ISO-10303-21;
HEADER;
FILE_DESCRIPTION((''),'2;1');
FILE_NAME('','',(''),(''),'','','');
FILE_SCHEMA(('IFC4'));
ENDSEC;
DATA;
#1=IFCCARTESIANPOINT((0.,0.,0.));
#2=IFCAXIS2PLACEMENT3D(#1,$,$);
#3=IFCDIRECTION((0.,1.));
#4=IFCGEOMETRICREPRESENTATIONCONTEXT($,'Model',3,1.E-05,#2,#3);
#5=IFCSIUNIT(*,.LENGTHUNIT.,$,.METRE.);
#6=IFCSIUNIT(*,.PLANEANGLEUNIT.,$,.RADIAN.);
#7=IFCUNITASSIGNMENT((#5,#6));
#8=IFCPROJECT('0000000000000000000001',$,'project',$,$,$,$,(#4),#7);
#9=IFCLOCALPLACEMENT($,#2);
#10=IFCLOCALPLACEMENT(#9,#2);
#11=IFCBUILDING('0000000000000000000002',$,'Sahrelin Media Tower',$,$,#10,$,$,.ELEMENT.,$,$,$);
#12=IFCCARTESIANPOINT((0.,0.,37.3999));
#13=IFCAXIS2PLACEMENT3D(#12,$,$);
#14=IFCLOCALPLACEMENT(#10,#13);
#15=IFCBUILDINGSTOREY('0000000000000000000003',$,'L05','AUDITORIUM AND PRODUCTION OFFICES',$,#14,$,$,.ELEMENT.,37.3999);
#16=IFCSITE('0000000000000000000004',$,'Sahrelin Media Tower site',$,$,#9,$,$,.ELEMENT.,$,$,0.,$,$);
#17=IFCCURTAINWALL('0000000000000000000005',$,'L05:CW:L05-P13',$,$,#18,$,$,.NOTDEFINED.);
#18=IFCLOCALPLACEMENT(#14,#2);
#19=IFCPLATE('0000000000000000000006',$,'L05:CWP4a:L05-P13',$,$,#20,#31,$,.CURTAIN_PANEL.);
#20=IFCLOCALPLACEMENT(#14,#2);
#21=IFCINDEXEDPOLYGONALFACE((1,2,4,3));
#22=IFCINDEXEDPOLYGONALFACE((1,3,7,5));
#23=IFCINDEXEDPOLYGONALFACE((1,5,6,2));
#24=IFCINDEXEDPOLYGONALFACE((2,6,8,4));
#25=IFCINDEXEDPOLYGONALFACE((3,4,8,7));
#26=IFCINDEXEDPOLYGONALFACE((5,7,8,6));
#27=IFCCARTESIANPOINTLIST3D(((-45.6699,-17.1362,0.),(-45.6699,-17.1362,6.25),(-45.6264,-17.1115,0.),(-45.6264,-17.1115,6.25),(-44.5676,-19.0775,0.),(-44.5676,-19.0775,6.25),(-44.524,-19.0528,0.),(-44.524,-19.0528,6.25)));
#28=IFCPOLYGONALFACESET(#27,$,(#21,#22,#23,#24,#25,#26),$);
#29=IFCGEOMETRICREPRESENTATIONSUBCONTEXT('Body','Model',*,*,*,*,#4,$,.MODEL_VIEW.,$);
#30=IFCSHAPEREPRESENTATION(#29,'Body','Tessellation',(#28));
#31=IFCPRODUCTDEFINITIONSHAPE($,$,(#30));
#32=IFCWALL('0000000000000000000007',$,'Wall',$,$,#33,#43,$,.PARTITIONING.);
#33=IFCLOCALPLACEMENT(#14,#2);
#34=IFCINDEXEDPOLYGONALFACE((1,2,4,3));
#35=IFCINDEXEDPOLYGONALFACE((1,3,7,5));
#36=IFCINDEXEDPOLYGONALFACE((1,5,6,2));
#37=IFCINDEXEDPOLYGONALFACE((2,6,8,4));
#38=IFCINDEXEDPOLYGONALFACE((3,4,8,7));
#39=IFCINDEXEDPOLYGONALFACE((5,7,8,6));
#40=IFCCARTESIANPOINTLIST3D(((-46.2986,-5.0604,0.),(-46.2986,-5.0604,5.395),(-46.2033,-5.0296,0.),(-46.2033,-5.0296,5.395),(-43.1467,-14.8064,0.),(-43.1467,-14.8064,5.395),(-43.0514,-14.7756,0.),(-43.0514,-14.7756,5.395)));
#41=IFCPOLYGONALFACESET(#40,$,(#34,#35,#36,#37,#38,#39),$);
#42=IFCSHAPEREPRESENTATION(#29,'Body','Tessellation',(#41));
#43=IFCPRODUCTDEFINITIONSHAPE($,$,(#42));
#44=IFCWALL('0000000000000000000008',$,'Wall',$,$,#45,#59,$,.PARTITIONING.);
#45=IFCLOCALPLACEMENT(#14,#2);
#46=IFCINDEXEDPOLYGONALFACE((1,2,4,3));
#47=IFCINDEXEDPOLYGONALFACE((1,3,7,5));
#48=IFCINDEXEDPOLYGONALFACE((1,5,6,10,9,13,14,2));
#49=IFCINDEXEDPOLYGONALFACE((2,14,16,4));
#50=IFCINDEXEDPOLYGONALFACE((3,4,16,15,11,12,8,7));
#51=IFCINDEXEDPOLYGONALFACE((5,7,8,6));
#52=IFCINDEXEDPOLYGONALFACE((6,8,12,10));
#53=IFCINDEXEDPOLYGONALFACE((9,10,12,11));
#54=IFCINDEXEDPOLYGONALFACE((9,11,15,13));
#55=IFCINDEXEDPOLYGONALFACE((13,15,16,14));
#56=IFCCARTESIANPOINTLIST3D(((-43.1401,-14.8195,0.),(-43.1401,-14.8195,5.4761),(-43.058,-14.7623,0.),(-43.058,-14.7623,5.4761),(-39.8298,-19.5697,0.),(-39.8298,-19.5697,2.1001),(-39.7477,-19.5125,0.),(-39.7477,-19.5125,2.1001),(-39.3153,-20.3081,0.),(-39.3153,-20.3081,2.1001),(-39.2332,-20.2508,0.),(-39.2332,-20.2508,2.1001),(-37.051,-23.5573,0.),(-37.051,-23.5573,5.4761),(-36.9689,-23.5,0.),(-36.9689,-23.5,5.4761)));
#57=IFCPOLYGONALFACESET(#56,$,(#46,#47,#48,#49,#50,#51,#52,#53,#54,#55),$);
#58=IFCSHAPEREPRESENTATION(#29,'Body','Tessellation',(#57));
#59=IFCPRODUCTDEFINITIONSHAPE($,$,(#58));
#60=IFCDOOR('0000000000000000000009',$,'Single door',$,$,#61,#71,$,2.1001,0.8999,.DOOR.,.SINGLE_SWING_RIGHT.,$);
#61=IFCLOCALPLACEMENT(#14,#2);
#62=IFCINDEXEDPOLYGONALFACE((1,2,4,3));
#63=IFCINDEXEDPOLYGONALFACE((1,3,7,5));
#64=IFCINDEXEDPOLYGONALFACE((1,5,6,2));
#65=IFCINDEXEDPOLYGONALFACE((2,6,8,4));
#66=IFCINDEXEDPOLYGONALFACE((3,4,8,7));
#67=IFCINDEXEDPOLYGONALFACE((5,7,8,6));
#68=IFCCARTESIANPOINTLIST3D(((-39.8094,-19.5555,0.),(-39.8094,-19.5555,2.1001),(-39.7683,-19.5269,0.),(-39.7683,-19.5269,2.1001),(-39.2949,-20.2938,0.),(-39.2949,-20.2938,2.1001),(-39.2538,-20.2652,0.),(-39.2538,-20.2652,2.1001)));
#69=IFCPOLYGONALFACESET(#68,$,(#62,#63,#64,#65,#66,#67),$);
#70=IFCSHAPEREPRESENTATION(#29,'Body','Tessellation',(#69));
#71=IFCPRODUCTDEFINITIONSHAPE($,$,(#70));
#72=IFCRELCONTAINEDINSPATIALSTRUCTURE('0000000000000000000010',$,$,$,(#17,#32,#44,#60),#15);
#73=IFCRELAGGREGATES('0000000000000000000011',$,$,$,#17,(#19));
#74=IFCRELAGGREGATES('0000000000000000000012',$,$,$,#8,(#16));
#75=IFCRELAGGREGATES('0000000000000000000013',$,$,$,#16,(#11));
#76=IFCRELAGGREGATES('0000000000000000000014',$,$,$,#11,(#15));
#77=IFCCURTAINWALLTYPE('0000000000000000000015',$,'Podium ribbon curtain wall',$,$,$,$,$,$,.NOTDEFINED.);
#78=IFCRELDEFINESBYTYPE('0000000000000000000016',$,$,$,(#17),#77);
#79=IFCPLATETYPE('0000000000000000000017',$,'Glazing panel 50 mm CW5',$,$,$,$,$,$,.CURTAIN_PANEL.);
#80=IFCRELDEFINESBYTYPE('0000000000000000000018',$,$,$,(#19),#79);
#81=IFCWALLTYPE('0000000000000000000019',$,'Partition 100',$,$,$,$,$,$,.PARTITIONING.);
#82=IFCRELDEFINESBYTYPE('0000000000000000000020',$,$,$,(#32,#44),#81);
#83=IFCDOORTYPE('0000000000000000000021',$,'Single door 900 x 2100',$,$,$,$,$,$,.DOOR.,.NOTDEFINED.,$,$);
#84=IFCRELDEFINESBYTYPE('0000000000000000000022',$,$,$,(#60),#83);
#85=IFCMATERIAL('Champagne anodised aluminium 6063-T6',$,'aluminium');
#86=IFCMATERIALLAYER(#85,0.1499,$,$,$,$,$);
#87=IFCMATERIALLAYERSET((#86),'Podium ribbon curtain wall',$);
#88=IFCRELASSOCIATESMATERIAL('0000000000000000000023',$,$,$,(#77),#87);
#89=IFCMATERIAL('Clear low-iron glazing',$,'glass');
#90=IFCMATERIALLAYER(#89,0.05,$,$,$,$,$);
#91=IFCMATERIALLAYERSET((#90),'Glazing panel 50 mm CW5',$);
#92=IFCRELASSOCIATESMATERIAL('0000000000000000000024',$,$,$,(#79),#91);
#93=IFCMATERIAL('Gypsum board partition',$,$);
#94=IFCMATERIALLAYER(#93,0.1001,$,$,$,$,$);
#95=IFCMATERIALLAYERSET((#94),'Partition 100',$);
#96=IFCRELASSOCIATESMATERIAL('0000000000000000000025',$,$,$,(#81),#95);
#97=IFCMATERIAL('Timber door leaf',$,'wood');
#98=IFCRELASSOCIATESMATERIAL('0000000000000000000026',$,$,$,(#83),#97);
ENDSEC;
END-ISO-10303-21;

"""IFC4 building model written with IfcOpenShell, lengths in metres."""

from ifc_helpers import new_model, si_unit, direction, frame, frame_2d, origin, place, context, subcontext, project, spatial, polyline, rectangle, outline, extrude, material, layer, layer_set, type_object, element, fill, aggregate, save


model = new_model("IFC4")

# Units and contexts
model_context = context("Model", 3, precision=1e-05, world=origin(), true_north=direction((0.0, 1.0)))
body_context = subcontext(model_context, "Body", "Model", "MODEL_VIEW")
ifc_project = project(units=[si_unit("LENGTHUNIT", "METRE"), si_unit("PLANEANGLEUNIT", "RADIAN")], contexts=[model_context])

# Site, building, storey
site_placement = place(None, origin())
site = spatial("IfcSite", under=ifc_project, at=site_placement, Name="Sahrelin Media Tower site", CompositionType="ELEMENT", RefElevation=0.0)
building_placement = place(site_placement, origin())
building = spatial("IfcBuilding", under=site, at=building_placement, Name="Sahrelin Media Tower", CompositionType="ELEMENT")
storey_placement = place(building_placement, frame((0.0, 0.0, 37.3999)))
storey = spatial("IfcBuildingStorey", under=building, at=storey_placement, Name="L05", Description="AUDITORIUM AND PRODUCTION OFFICES", CompositionType="ELEMENT", Elevation=37.3999)

# Curtain wall
ifc_material_1 = material(Name="Champagne anodised aluminium 6063-T6", Category="aluminium")
ifc_layer_1 = layer(ifc_material_1, 0.1499)
ifc_layer_set_1 = layer_set([ifc_layer_1], Name="Podium ribbon curtain wall")
curtain_wall_type = type_object("IfcCurtainWallType", Name="Podium ribbon curtain wall", PredefinedType="NOTDEFINED", material=ifc_layer_set_1)
curtain_wall_placement = place(storey_placement, frame((-48.2964, -10.8704, 0.0), z_axis=(0.0, 0.0, 1.0), x_axis=(1.0, 0.0, 0.0)))
curtain_wall = element("IfcCurtainWall", 1, at=curtain_wall_placement, inside=storey, type_object=curtain_wall_type, Name="L05:CW:L05-P13", PredefinedType="NOTDEFINED")

# Plate
ifc_material_2 = material(Name="Clear low-iron glazing", Category="glass")
ifc_layer_2 = layer(ifc_material_2, 0.05)
ifc_layer_set_2 = layer_set([ifc_layer_2], Name="Glazing panel 50 mm CW5")
plate_type = type_object("IfcPlateType", Name="Glazing panel 50 mm CW5", PredefinedType="CURTAIN_PANEL", material=ifc_layer_set_2)
plate_1_placement = place(storey_placement, frame((-45.6699, -17.1362, 0.0), z_axis=(-0.869579, -0.493793, 0.0), x_axis=(0.493793, -0.869579, 0.0)))
plate_1 = element("IfcPlate", 2, at=plate_1_placement, type_object=plate_type, Name="L05:CWP4a:L05-P13", PredefinedType="CURTAIN_PANEL", context=body_context, shape_type="SweptSolid", body=[
    extrude(outline(polyline([(0.0, 0.0), (2.2324, 0.0), (2.2324, 6.25), (0.0, 6.25), (0.0, 0.0)])), origin(), (0.0, 0.0, -1.0), 0.05),
])
aggregate(curtain_wall, [plate_1])

# Wall
ifc_material_3 = material(Name="Gypsum board partition")
ifc_layer_3 = layer(ifc_material_3, 0.1001)
ifc_layer_set_3 = layer_set([ifc_layer_3], Name="Partition 100")
wall_type = type_object("IfcWallType", Name="Partition 100", PredefinedType="PARTITIONING", material=ifc_layer_set_3)
wall_1_placement = place(storey_placement, frame((-46.251, -5.0449, 0.0), z_axis=(0.0, 0.0, 1.0), x_axis=(0.307713, -0.951479, 0.0)))
element("IfcWall", 3, at=wall_1_placement, inside=storey, type_object=wall_type, Name="Wall", PredefinedType="PARTITIONING", context=body_context, shape_type="SweptSolid", body=[
    extrude(rectangle(XDim=10.2429, YDim=0.1001, at=frame_2d((5.1216, 0.0))), origin(), (0.0, 0.0, 1.0), 5.395),
])

# Wall, opening, door
wall_2_placement = place(storey_placement, frame((-43.0991, -14.7908, 0.0), z_axis=(0.0, 0.0, 1.0), x_axis=(0.571738, -0.820436, 0.0)))
wall_2 = element("IfcWall", 4, at=wall_2_placement, inside=storey, type_object=wall_type, Name="Wall", PredefinedType="PARTITIONING", context=body_context, shape_type="SweptSolid", body=[
    extrude(rectangle(XDim=10.6501, YDim=0.1001, at=frame_2d((5.3252, 0.0))), origin(), (0.0, 0.0, 1.0), 5.4761),
])
opening_1_placement = place(wall_2_placement, frame((5.79, 0.0, 0.0)))
opening_1 = element("IfcOpeningElement", 5, at=opening_1_placement, cuts=wall_2, PredefinedType="OPENING", context=body_context, shape_type="SweptSolid", body=[
    extrude(rectangle(XDim=0.8999, YDim=2.1001, at=frame_2d((0.45, 1.05))), frame((0.0, 0.05, 0.0), z_axis=(0.0, -1.0, 0.0), x_axis=(1.0, 0.0, 0.0)), (0.0, 0.0, 1.0), 0.1001),
])
ifc_material_4 = material(Name="Timber door leaf", Category="wood")
door_type_1 = type_object("IfcDoorType", Name="Single door 900 x 2100", OperationType="NOTDEFINED", PredefinedType="DOOR", material=ifc_material_4)
door_1_placement = place(opening_1_placement, origin())
door_1 = element("IfcDoor", 6, at=door_1_placement, inside=storey, type_object=door_type_1, Name="Single door", OperationType="SINGLE_SWING_RIGHT", OverallHeight=2.1001, OverallWidth=0.8999, PredefinedType="DOOR", context=body_context, shape_type="SweptSolid", body=[
    extrude(rectangle(XDim=0.8999, YDim=2.1001, at=frame_2d((0.45, 1.05))), frame((0.0, 0.0249, 0.0), z_axis=(0.0, -1.0, 0.0), x_axis=(1.0, 0.0, 0.0)), (0.0, 0.0, 1.0), 0.05),
])
fill(opening_1, door_1)

save(model, "model.ifc")
